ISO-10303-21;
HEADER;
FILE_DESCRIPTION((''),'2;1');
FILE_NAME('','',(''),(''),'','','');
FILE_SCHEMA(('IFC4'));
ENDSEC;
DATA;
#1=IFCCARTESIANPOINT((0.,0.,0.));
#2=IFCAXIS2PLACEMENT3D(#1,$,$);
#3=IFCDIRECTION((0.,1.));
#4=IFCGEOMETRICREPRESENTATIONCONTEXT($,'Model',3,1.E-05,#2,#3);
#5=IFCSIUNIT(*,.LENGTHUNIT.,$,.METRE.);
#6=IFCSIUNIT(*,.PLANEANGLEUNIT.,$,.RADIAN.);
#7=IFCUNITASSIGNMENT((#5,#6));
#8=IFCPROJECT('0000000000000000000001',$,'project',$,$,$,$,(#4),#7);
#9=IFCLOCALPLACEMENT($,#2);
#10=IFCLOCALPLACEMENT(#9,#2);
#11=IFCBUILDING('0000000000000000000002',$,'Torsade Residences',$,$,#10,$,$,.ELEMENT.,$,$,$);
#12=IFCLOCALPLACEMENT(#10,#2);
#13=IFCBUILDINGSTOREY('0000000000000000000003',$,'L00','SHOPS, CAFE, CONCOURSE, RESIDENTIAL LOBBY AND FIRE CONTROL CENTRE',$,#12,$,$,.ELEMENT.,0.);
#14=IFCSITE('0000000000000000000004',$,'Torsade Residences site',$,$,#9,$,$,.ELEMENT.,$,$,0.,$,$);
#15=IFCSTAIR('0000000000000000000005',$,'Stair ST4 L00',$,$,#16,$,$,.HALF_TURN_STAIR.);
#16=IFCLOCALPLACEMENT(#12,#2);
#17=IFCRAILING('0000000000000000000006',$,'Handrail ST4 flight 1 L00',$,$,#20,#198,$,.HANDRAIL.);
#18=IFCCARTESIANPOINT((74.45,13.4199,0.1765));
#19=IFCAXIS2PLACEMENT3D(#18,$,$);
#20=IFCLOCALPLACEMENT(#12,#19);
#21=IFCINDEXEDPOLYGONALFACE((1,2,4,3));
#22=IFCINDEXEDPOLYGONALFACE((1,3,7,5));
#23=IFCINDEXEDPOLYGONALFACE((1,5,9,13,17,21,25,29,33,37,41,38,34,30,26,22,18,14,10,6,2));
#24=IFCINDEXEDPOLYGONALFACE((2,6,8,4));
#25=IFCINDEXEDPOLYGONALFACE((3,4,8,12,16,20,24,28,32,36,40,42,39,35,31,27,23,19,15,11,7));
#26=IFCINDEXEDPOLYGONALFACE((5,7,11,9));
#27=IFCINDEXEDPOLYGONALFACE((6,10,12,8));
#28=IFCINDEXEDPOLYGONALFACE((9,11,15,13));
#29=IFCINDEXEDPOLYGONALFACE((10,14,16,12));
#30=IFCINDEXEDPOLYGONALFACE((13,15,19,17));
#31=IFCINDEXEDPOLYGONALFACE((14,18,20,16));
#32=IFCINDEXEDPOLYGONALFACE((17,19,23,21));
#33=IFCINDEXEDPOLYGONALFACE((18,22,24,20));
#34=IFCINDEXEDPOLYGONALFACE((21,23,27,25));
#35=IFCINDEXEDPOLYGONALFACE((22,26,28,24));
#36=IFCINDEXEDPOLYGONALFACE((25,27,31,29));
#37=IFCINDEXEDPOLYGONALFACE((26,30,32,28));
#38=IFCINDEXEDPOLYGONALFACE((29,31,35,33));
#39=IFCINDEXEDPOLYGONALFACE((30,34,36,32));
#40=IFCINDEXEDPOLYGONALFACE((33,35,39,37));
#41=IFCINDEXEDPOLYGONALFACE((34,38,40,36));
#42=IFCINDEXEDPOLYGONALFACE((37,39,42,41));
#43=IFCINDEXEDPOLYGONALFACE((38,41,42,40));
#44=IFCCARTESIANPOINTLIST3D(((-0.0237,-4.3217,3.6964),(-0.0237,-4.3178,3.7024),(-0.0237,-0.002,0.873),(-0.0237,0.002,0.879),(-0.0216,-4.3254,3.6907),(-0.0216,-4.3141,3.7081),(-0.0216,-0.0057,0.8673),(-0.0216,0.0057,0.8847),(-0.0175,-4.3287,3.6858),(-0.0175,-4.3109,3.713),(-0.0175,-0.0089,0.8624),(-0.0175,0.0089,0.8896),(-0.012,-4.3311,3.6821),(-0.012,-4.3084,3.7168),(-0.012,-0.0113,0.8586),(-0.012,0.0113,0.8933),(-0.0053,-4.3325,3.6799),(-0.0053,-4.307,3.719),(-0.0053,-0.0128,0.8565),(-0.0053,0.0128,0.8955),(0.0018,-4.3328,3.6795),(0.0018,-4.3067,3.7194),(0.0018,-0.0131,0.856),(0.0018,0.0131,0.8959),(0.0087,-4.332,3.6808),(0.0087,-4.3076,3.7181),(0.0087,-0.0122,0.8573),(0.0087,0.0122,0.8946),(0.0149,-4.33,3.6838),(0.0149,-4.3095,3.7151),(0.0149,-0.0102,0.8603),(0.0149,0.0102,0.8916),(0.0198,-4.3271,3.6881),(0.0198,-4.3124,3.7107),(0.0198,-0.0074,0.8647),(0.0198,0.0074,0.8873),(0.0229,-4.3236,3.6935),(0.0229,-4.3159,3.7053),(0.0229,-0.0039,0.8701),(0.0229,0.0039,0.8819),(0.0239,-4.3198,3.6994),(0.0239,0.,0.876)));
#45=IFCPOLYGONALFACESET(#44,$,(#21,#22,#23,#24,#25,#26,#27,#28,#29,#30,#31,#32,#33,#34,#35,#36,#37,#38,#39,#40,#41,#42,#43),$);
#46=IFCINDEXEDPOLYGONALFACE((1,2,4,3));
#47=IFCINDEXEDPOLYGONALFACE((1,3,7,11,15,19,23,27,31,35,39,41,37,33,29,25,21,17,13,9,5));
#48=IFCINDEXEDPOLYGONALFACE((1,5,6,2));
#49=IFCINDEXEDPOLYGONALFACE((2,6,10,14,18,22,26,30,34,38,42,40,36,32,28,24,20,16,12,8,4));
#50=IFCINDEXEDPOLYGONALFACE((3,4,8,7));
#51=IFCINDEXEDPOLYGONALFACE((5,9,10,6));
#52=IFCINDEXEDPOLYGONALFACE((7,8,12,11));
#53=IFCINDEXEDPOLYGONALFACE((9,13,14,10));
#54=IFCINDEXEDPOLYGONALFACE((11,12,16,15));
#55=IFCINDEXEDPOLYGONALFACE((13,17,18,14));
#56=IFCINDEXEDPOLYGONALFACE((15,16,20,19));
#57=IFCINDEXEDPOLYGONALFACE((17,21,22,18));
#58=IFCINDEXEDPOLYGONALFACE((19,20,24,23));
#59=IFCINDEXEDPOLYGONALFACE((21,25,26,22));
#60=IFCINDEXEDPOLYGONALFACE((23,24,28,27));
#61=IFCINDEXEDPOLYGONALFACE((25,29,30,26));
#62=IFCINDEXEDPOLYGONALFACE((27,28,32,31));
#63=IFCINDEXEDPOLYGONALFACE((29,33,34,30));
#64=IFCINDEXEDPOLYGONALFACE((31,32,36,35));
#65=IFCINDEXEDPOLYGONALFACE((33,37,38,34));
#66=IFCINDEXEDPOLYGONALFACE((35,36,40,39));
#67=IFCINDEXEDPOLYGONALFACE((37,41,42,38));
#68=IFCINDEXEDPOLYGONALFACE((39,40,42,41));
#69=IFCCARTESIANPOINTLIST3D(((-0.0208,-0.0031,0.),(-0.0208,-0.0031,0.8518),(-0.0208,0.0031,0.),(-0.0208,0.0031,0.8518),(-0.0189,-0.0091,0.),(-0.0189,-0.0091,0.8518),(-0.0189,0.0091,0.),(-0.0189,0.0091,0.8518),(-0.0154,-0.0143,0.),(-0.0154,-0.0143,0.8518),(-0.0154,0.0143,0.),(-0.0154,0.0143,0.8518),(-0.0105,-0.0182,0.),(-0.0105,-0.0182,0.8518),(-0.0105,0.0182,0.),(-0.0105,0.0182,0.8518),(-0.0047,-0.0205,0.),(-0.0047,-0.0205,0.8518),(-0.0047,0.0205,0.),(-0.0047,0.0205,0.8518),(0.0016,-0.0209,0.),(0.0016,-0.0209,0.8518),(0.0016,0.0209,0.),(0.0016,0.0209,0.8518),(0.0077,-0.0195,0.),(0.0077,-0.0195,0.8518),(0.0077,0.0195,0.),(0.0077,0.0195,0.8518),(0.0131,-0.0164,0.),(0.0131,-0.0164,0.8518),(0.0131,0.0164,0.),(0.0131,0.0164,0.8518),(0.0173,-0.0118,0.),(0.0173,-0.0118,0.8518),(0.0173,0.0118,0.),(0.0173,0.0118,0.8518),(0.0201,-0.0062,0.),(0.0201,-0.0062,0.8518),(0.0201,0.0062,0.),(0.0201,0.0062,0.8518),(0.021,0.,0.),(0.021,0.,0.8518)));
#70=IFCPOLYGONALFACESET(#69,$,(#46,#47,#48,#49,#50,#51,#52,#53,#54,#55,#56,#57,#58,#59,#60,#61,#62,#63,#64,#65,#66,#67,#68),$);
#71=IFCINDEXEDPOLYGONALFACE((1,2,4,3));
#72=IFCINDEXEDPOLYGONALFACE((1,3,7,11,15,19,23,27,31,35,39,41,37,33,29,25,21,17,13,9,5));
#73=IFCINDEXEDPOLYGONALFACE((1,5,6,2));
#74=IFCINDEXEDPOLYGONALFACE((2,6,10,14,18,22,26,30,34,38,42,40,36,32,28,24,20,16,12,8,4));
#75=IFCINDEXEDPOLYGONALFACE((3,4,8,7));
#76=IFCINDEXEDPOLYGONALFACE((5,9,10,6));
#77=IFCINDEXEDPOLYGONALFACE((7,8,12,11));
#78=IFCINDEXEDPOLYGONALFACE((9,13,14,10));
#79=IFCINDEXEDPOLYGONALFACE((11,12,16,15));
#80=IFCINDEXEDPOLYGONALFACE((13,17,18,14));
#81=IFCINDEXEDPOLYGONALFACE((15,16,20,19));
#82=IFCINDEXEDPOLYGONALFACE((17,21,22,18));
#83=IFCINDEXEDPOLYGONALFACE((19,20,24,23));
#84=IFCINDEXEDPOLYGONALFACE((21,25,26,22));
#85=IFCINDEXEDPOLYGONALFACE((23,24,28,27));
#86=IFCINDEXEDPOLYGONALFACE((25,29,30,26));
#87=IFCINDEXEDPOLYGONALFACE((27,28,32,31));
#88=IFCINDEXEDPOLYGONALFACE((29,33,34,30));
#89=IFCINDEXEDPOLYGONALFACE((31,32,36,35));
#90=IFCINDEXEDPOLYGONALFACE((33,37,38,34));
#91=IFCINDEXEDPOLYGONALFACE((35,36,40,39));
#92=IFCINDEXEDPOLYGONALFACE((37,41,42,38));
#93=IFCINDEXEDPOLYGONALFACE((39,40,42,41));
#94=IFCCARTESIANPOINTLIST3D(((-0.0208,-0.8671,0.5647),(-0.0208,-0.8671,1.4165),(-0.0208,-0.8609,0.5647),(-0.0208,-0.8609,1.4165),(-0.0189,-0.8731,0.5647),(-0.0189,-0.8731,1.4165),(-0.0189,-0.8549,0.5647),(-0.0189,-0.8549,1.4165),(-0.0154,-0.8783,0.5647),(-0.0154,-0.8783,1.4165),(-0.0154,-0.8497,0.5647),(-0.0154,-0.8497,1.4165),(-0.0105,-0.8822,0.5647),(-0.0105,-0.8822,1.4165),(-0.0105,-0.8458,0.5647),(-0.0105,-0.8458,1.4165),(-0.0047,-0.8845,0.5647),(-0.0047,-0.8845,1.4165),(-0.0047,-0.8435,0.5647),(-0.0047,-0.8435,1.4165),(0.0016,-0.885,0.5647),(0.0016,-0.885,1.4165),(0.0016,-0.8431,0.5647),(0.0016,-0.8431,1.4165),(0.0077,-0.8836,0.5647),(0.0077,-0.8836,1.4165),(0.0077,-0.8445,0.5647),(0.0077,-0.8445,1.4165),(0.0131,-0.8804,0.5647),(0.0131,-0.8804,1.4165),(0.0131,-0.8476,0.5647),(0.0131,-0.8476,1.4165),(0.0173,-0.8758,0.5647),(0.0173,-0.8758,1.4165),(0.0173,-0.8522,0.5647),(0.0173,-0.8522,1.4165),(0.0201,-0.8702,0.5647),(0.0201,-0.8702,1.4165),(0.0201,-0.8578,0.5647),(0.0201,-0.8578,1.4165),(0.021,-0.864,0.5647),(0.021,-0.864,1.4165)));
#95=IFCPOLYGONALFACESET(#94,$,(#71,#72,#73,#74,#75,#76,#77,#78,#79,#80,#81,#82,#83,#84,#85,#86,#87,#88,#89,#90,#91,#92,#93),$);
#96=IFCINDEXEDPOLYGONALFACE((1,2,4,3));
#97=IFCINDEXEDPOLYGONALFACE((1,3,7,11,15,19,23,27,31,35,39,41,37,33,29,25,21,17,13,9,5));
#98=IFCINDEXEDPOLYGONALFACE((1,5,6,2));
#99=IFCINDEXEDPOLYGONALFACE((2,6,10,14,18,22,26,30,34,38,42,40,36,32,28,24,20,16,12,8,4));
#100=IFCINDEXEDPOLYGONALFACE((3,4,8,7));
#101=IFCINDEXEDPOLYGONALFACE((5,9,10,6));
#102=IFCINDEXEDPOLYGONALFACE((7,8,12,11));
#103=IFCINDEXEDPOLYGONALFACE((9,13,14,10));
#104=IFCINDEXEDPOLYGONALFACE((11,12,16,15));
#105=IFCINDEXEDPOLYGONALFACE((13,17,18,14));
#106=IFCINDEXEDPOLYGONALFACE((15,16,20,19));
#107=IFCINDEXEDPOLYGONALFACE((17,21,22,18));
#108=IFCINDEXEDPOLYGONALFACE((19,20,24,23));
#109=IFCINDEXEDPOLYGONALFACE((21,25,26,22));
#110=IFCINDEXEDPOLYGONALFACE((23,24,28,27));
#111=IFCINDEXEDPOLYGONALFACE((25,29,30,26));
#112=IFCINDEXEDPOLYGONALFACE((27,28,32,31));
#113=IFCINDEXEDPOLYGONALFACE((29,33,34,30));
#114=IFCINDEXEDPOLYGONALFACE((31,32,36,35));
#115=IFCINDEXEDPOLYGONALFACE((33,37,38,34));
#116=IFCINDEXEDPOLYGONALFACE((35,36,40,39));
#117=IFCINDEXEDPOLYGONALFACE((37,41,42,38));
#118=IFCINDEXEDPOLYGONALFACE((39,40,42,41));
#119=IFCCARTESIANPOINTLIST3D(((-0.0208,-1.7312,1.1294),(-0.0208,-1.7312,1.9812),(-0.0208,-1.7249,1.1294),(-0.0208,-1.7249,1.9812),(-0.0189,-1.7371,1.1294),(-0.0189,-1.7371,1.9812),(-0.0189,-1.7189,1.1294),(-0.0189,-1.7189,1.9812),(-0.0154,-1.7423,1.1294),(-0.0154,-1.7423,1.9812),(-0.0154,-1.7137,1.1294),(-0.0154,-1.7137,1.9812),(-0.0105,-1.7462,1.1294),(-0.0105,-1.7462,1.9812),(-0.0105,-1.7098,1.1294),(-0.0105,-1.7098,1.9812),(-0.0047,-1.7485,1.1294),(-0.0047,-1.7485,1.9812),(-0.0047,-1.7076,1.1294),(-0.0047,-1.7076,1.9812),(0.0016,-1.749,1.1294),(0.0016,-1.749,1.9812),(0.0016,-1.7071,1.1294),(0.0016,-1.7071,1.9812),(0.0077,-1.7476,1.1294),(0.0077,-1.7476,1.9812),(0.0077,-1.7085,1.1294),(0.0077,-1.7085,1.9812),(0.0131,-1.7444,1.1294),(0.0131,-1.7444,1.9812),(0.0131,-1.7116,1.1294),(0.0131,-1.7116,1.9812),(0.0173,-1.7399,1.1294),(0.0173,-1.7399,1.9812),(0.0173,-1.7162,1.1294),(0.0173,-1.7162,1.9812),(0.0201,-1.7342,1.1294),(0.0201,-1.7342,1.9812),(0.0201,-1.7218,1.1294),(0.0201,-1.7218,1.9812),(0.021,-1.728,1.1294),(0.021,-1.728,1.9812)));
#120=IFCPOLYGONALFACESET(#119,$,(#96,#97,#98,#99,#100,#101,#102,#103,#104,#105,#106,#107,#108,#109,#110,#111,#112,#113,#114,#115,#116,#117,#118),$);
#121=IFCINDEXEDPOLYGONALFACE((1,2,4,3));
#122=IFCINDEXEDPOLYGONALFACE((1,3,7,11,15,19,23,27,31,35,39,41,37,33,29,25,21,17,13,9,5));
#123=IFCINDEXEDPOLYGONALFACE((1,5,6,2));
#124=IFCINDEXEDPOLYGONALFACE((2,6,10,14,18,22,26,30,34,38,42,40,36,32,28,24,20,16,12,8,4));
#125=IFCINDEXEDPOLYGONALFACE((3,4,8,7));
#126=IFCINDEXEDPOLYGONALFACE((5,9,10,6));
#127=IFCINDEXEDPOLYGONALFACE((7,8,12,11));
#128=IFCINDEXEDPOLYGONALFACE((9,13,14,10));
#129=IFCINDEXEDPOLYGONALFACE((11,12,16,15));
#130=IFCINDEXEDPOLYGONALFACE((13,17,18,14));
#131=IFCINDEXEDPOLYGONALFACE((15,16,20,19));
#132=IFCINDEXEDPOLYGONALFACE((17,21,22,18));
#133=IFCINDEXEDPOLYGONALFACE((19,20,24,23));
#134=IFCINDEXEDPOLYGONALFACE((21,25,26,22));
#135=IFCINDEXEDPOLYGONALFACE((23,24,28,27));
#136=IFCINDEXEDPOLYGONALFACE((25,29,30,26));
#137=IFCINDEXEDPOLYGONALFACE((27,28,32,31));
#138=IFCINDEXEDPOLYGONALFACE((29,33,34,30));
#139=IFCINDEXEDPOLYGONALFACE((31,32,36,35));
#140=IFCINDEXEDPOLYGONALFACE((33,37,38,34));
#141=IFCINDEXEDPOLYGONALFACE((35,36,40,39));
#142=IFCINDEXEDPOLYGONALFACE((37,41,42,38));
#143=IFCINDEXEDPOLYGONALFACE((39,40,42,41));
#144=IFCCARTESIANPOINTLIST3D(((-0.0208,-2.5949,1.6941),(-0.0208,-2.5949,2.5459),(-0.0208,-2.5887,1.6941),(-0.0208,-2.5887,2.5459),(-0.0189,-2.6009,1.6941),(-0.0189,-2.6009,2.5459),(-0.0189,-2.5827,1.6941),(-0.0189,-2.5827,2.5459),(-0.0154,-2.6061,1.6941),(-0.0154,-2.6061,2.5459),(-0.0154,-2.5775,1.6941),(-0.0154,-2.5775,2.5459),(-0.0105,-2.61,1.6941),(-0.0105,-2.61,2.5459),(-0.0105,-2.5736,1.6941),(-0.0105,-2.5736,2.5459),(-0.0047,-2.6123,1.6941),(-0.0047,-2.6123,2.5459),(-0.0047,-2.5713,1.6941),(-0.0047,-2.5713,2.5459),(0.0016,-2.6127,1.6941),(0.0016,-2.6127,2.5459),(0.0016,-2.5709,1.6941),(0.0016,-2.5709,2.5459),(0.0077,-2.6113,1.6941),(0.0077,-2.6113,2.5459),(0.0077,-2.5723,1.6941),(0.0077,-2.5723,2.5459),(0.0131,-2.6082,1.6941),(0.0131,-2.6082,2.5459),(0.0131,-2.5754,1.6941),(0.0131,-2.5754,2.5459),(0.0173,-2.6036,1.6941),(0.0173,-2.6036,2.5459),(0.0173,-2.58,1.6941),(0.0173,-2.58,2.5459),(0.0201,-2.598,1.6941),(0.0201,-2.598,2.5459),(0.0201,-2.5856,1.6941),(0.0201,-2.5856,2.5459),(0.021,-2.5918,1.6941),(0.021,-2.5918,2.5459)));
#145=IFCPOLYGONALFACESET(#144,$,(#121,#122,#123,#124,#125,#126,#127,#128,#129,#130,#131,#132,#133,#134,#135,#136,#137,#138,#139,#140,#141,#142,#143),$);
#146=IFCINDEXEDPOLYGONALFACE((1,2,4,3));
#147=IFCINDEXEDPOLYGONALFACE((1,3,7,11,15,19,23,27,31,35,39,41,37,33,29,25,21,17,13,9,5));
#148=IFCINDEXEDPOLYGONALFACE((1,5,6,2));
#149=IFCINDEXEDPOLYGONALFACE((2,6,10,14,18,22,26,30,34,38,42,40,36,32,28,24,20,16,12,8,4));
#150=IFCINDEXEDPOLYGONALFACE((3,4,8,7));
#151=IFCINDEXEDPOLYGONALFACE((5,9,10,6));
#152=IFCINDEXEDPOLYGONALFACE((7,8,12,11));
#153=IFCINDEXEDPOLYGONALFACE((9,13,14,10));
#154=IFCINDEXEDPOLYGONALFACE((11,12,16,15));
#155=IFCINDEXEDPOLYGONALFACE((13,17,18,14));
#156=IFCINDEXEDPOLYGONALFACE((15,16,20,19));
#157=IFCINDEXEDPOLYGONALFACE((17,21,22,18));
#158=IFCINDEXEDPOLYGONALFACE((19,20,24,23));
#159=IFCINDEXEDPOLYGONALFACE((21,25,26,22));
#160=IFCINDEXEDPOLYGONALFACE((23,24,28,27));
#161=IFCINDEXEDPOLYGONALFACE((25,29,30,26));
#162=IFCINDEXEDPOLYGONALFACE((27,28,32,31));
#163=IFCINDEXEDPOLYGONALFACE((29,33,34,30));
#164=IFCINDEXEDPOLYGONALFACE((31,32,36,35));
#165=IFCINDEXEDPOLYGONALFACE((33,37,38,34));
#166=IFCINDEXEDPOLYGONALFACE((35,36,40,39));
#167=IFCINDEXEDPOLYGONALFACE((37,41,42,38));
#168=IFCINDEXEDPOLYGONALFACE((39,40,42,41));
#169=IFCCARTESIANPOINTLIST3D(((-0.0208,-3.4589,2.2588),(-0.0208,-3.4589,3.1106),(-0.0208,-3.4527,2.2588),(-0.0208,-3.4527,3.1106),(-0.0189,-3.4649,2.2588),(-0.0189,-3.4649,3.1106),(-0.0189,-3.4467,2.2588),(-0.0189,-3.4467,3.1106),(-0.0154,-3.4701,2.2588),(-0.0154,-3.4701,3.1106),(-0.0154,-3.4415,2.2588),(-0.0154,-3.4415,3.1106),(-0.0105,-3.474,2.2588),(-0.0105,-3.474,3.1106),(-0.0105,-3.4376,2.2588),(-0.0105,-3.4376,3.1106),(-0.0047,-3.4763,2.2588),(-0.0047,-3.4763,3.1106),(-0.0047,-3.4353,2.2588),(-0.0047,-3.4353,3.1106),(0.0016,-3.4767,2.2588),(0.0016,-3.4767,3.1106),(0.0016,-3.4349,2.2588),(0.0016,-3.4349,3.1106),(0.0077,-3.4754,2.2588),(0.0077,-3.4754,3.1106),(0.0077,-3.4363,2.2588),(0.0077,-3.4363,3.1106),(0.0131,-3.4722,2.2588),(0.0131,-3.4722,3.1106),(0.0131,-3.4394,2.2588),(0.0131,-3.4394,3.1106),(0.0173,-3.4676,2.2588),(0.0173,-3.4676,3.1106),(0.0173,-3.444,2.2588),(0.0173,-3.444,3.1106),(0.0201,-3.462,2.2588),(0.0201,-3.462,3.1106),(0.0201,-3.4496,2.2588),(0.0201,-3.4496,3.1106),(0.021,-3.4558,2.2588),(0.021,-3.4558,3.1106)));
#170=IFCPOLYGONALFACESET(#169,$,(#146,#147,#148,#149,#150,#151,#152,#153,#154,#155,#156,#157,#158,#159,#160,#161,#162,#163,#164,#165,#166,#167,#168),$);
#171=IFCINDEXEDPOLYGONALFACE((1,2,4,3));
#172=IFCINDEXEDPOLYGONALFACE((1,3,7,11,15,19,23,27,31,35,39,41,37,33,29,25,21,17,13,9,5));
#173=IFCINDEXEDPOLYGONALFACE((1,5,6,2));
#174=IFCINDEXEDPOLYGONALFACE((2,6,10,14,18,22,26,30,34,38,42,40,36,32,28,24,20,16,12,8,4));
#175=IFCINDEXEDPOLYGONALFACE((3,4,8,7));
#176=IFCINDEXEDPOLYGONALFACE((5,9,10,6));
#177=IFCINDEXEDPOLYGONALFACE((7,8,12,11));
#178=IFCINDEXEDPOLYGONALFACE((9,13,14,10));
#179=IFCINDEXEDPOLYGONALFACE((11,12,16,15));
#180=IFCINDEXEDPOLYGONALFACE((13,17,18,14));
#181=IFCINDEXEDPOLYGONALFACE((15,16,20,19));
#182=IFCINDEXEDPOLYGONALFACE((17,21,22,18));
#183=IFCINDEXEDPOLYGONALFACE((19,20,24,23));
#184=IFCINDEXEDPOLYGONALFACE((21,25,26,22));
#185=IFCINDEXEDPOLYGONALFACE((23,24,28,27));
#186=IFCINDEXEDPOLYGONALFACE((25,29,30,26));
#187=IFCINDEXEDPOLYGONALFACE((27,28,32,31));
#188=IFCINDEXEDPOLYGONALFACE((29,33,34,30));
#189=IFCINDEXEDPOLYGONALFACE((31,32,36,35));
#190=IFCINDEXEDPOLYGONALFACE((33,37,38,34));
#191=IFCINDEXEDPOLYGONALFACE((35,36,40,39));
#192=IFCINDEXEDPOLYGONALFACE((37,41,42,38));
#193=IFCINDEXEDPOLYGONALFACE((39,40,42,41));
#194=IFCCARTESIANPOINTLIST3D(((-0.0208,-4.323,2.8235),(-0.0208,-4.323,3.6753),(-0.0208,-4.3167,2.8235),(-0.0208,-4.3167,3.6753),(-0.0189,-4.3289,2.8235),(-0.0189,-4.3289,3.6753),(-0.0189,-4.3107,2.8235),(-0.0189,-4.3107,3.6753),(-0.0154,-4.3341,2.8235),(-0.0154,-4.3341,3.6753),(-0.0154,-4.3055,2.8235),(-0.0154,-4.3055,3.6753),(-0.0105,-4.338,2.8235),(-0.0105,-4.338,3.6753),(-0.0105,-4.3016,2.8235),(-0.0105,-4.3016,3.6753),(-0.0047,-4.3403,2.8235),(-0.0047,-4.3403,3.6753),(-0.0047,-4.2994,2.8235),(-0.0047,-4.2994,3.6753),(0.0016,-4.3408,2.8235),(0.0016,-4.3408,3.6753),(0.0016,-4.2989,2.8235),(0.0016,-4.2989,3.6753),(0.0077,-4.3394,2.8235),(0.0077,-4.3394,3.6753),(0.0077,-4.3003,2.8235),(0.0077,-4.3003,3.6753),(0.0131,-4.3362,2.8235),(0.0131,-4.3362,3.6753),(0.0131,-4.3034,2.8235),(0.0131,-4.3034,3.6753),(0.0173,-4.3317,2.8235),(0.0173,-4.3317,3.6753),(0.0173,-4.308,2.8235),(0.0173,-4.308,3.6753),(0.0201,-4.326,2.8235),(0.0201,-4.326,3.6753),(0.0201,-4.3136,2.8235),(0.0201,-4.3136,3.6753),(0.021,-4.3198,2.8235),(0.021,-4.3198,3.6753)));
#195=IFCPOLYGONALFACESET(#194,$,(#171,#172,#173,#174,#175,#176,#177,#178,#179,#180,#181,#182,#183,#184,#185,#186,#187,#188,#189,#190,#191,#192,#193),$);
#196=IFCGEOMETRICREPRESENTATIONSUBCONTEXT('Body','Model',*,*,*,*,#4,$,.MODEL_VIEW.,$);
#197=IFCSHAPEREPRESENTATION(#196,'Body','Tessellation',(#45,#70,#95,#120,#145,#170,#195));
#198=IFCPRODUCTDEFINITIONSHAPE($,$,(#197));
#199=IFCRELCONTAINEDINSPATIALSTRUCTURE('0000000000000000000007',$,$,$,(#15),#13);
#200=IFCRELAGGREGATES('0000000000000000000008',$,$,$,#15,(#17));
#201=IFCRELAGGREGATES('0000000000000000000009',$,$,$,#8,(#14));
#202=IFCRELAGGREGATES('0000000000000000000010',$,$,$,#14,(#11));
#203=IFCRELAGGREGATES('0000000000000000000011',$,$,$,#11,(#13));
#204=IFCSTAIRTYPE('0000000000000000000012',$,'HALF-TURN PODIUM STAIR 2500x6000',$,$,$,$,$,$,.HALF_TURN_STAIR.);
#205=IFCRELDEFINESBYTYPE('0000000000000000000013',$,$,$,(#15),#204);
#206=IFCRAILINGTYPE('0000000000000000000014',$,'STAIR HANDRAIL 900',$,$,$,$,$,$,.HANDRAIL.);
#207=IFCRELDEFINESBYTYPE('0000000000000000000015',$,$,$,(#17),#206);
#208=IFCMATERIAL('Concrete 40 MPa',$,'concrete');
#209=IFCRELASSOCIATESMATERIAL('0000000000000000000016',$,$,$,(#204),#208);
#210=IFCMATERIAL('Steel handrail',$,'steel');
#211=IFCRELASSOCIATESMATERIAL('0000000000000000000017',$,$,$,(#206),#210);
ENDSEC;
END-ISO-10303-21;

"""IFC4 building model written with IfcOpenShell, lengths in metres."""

from ifc_helpers import new_model, si_unit, direction, frame, origin, origin_2d, place, context, subcontext, project, spatial, circle, extrude, material, type_object, element, aggregate, save


model = new_model("IFC4")

# Units and contexts
model_context = context("Model", 3, precision=1e-05, world=origin(), true_north=direction((0.0, 1.0)))
body_context = subcontext(model_context, "Body", "Model", "MODEL_VIEW")
ifc_project = project(units=[si_unit("LENGTHUNIT", "METRE"), si_unit("PLANEANGLEUNIT", "RADIAN")], contexts=[model_context])

# Site, building, storey
site_placement = place(None, origin())
site = spatial("IfcSite", under=ifc_project, at=site_placement, Name="Torsade Residences site", CompositionType="ELEMENT", RefElevation=0.0)
building_placement = place(site_placement, origin())
building = spatial("IfcBuilding", under=site, at=building_placement, Name="Torsade Residences", CompositionType="ELEMENT")
storey_placement = place(building_placement, origin())
storey = spatial("IfcBuildingStorey", under=building, at=storey_placement, Name="L00", Description="SHOPS, CAFE, CONCOURSE, RESIDENTIAL LOBBY AND FIRE CONTROL CENTRE", CompositionType="ELEMENT", Elevation=0.0)

# Stair, railing
ifc_material_1 = material(Name="Concrete 40 MPa", Category="concrete")
stair_type = type_object("IfcStairType", Name="HALF-TURN PODIUM STAIR 2500x6000", PredefinedType="HALF_TURN_STAIR", material=ifc_material_1)
stair_placement = place(storey_placement, origin())
stair = element("IfcStair", 1, at=stair_placement, inside=storey, type_object=stair_type, Name="Stair ST4 L00", PredefinedType="HALF_TURN_STAIR")
ifc_material_2 = material(Name="Steel handrail", Category="steel")
railing_type = type_object("IfcRailingType", Name="STAIR HANDRAIL 900", PredefinedType="HANDRAIL", material=ifc_material_2)
railing_1_placement = place(storey_placement, frame((74.45, 13.4199, 0.1765)))
railing_1 = element("IfcRailing", 2, at=railing_1_placement, type_object=railing_type, Name="Handrail ST4 flight 1 L00", PredefinedType="HANDRAIL", context=body_context, shape_type="SweptSolid", body=[
    extrude(circle(Radius=0.0239, at=origin_2d()), frame((0.0, 0.0, 0.876), z_axis=(0.0, -0.83706, 0.547112), x_axis=(1.0, 0.0, 0.0)), (0.0, 0.0, 1.0), 5.1606),
    extrude(circle(Radius=0.021, at=origin_2d()), origin(), (0.0, 0.0, 1.0), 0.8518),
    extrude(circle(Radius=0.021, at=origin_2d()), frame((0.0, -0.864, 0.5647)), (0.0, 0.0, 1.0), 0.8518),
    extrude(circle(Radius=0.021, at=origin_2d()), frame((0.0, -1.728, 1.1294)), (0.0, 0.0, 1.0), 0.8518),
    extrude(circle(Radius=0.021, at=origin_2d()), frame((0.0, -2.5918, 1.6941)), (0.0, 0.0, 1.0), 0.8518),
    extrude(circle(Radius=0.021, at=origin_2d()), frame((0.0, -3.4558, 2.2588)), (0.0, 0.0, 1.0), 0.8518),
    extrude(circle(Radius=0.021, at=origin_2d()), frame((0.0, -4.3198, 2.8235)), (0.0, 0.0, 1.0), 0.8518),
])
aggregate(stair, [railing_1])

save(model, "model.ifc")
